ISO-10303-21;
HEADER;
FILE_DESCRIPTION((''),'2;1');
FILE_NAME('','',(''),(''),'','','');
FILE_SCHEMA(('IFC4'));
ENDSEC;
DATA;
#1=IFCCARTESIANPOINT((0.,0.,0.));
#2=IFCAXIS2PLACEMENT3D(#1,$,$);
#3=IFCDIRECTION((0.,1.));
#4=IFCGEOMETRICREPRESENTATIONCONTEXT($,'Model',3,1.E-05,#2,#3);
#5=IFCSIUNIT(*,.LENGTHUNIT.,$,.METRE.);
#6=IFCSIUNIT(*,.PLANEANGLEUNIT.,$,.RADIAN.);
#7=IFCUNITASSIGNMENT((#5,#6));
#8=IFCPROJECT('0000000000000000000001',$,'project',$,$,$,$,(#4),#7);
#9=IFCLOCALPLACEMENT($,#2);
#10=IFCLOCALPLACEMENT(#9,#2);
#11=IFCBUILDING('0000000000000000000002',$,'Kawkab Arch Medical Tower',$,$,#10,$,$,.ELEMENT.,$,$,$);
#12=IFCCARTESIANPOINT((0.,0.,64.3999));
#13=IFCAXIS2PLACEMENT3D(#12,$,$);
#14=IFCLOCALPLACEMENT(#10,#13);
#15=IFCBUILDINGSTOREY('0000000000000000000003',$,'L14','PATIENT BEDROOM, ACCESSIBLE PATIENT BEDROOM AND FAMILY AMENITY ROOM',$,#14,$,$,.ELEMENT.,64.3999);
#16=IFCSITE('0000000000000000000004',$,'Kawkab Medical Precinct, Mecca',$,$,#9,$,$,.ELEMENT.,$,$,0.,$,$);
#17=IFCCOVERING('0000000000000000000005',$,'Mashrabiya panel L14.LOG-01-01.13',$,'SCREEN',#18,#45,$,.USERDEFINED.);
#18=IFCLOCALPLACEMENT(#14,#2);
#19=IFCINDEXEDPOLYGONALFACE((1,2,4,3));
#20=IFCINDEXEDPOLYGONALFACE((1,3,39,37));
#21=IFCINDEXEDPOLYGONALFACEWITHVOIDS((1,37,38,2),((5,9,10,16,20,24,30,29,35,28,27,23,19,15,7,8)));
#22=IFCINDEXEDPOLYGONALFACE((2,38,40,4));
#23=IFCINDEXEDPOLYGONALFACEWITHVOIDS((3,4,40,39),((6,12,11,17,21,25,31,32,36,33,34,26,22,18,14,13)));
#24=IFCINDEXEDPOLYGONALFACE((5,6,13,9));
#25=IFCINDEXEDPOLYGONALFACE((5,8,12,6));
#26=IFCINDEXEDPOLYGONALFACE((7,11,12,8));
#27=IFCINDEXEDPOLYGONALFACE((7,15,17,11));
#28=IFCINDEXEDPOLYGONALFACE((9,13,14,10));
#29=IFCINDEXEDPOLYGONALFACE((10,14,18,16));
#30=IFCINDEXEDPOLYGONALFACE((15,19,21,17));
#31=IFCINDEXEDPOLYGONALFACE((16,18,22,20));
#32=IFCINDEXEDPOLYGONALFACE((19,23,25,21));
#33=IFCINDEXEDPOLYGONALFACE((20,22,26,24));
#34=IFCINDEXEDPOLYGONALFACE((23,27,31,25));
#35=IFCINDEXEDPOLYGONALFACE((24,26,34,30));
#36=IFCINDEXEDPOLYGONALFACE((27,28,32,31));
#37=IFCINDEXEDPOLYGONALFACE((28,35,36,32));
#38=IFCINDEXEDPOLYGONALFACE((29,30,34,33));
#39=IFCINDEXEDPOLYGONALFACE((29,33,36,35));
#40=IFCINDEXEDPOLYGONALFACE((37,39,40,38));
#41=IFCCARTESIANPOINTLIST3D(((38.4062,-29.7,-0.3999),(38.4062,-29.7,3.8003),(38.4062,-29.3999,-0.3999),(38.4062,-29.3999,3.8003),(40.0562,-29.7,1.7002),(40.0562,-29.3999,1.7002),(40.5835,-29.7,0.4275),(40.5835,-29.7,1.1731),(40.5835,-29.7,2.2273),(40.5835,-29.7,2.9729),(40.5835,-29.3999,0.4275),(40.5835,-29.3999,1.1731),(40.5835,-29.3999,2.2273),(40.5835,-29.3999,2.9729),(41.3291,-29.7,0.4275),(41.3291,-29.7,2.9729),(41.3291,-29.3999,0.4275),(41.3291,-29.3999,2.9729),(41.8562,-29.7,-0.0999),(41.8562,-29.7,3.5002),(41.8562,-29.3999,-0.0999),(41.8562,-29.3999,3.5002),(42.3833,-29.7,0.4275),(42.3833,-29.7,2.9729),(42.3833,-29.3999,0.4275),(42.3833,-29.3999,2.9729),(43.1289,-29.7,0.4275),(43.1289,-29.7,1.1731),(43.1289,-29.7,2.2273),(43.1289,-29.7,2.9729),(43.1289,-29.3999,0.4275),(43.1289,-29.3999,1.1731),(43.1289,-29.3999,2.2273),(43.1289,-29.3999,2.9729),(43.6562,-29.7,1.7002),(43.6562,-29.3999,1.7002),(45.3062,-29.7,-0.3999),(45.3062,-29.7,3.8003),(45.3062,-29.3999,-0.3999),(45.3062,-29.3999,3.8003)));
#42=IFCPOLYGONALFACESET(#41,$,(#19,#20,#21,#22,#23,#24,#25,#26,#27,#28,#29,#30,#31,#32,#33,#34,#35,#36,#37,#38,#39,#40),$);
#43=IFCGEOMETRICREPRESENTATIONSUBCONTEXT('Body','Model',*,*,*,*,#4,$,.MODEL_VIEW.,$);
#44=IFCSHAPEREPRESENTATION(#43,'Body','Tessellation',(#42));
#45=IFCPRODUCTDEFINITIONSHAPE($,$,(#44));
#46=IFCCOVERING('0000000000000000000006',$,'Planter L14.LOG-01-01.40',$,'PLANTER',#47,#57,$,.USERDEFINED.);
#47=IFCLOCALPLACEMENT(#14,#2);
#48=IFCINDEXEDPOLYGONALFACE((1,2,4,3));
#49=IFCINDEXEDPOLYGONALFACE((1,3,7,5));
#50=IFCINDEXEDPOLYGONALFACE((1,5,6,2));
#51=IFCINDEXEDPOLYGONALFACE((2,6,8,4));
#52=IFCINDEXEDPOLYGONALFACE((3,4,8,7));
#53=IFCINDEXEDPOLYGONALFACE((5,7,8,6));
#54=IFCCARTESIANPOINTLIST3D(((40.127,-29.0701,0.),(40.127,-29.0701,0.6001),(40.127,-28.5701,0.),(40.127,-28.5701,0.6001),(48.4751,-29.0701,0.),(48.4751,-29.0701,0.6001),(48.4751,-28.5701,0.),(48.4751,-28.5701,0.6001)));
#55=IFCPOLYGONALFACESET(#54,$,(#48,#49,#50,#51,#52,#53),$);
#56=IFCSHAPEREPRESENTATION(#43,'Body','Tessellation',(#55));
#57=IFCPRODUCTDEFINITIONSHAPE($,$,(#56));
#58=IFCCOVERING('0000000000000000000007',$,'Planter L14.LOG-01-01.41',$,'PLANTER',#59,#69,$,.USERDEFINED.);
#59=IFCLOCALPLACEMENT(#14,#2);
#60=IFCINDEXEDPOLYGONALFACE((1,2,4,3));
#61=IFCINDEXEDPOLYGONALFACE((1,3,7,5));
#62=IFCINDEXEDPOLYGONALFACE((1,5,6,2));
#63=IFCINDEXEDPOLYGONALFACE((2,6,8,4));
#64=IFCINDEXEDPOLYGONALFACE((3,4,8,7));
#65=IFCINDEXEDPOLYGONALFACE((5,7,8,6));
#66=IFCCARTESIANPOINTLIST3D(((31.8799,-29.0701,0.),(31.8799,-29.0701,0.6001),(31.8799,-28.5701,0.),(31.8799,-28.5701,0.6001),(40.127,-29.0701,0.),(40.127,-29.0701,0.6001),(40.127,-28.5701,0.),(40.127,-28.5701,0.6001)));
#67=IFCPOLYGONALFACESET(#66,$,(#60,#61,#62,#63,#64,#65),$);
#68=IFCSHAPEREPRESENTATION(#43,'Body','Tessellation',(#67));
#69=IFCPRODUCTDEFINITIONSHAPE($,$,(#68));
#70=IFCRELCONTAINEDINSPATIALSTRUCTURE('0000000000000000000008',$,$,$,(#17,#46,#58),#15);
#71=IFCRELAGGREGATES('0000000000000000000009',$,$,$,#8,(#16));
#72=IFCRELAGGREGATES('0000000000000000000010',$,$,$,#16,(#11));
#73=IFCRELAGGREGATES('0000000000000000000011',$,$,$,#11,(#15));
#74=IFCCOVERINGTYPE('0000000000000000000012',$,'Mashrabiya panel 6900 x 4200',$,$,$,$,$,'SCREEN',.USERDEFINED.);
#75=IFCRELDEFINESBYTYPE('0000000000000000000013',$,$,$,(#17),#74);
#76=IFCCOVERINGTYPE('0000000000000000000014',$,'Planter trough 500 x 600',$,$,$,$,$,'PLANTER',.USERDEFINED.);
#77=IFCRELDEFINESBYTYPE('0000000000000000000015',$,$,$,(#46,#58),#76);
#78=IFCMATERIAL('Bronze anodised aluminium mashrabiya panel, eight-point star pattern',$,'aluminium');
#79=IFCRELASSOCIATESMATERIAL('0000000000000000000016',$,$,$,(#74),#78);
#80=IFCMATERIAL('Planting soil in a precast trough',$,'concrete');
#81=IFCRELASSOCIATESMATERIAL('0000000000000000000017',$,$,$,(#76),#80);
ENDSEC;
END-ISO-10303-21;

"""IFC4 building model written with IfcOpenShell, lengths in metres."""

from ifc_helpers import new_model, si_unit, direction, frame, origin, origin_2d, place, context, subcontext, project, spatial, polyline, rectangle, outline, extrude, material, material_profile, profile_set, type_object, element, save


model = new_model("IFC4")

# Units and contexts
model_context = context("Model", 3, precision=1e-05, world=origin(), true_north=direction((0.0, 1.0)))
body_context = subcontext(model_context, "Body", "Model", "MODEL_VIEW")
ifc_project = project(units=[si_unit("LENGTHUNIT", "METRE"), si_unit("PLANEANGLEUNIT", "RADIAN")], contexts=[model_context])

# Site, building, storey
site_placement = place(None, origin())
site = spatial("IfcSite", under=ifc_project, at=site_placement, Name="Kawkab Medical Precinct, Mecca", CompositionType="ELEMENT", RefElevation=0.0)
building_placement = place(site_placement, origin())
building = spatial("IfcBuilding", under=site, at=building_placement, Name="Kawkab Arch Medical Tower", CompositionType="ELEMENT")
storey_placement = place(building_placement, frame((0.0, 0.0, 64.3999)))
storey = spatial("IfcBuildingStorey", under=building, at=storey_placement, Name="L14", Description="PATIENT BEDROOM, ACCESSIBLE PATIENT BEDROOM AND FAMILY AMENITY ROOM", CompositionType="ELEMENT", Elevation=64.3999)

# Coverings
ifc_material_1 = material(Name="Bronze anodised aluminium mashrabiya panel, eight-point star pattern", Category="aluminium")
ifc_material_profile_1 = material_profile(ifc_material_1, outline(polyline([(-3.45, -2.1001), (3.45, -2.1001), (3.45, 2.1001), (-3.45, 2.1001), (-3.45, -2.1001)]), holes=[polyline([(1.8, 0.0), (1.2727, 0.5271), (1.2727, 1.2727), (0.5271, 1.2727), (0.0, 1.8), (-0.5271, 1.2727), (-1.2727, 1.2727), (-1.2727, 0.5271), (-1.8, 0.0), (-1.2727, -0.5271), (-1.2727, -1.2727), (-0.5271, -1.2727), (0.0, -1.8), (0.5271, -1.2727), (1.2727, -1.2727), (1.2727, -0.5271), (1.8, 0.0)])]), Name="Mashrabiya panel 6900x4200")
ifc_profile_set_1 = profile_set([ifc_material_profile_1], Name="Bronze anodised aluminium mashrabiya panel, eight-point star pattern")
covering_type_1 = type_object("IfcCoveringType", Name="Mashrabiya panel 6900 x 4200", ElementType="SCREEN", PredefinedType="USERDEFINED", material=ifc_profile_set_1)
covering_1_placement = place(storey_placement, frame((41.8562, -29.3999, 1.7002), z_axis=(0.0, -1.0, 0.0), x_axis=(1.0, 0.0, 0.0)))
element("IfcCovering", 1, at=covering_1_placement, inside=storey, type_object=covering_type_1, Name="Mashrabiya panel L14.LOG-01-01.13", ObjectType="SCREEN", PredefinedType="USERDEFINED", context=body_context, shape_type="SweptSolid", body=[
    extrude(outline(polyline([(-3.45, -2.1001), (3.45, -2.1001), (3.45, 2.1001), (-3.45, 2.1001), (-3.45, -2.1001)]), holes=[polyline([(1.8, 0.0), (1.2727, 0.5271), (1.2727, 1.2727), (0.5271, 1.2727), (0.0, 1.8), (-0.5271, 1.2727), (-1.2727, 1.2727), (-1.2727, 0.5271), (-1.8, 0.0), (-1.2727, -0.5271), (-1.2727, -1.2727), (-0.5271, -1.2727), (0.0, -1.8), (0.5271, -1.2727), (1.2727, -1.2727), (1.2727, -0.5271), (1.8, 0.0)])]), origin(), (0.0, 0.0, 1.0), 0.3),
])
ifc_material_2 = material(Name="Planting soil in a precast trough", Category="concrete")
ifc_material_profile_2 = material_profile(ifc_material_2, rectangle(XDim=0.5, YDim=0.6001, at=origin_2d()), Name="Trough 500x600")
ifc_profile_set_2 = profile_set([ifc_material_profile_2], Name="Planting soil in a precast trough")
covering_type_2 = type_object("IfcCoveringType", Name="Planter trough 500 x 600", ElementType="PLANTER", PredefinedType="USERDEFINED", material=ifc_profile_set_2)
covering_2_placement = place(storey_placement, frame((48.4751, -28.8201, 0.3), z_axis=(-1.0, 0.0, 0.0), x_axis=(0.0, -1.0, 0.0)))
element("IfcCovering", 2, at=covering_2_placement, inside=storey, type_object=covering_type_2, Name="Planter L14.LOG-01-01.40", ObjectType="PLANTER", PredefinedType="USERDEFINED", context=body_context, shape_type="SweptSolid", body=[
    extrude(rectangle(XDim=0.5, YDim=0.6001, at=origin_2d()), origin(), (0.0, 0.0, 1.0), 8.3481),
])
covering_3_placement = place(storey_placement, frame((40.127, -28.8201, 0.3), z_axis=(-1.0, 0.0, 0.0), x_axis=(0.0, -1.0, 0.0)))
element("IfcCovering", 3, at=covering_3_placement, inside=storey, type_object=covering_type_2, Name="Planter L14.LOG-01-01.41", ObjectType="PLANTER", PredefinedType="USERDEFINED", context=body_context, shape_type="SweptSolid", body=[
    extrude(rectangle(XDim=0.5, YDim=0.6001, at=origin_2d()), origin(), (0.0, 0.0, 1.0), 8.2471),
])

save(model, "model.ifc")
